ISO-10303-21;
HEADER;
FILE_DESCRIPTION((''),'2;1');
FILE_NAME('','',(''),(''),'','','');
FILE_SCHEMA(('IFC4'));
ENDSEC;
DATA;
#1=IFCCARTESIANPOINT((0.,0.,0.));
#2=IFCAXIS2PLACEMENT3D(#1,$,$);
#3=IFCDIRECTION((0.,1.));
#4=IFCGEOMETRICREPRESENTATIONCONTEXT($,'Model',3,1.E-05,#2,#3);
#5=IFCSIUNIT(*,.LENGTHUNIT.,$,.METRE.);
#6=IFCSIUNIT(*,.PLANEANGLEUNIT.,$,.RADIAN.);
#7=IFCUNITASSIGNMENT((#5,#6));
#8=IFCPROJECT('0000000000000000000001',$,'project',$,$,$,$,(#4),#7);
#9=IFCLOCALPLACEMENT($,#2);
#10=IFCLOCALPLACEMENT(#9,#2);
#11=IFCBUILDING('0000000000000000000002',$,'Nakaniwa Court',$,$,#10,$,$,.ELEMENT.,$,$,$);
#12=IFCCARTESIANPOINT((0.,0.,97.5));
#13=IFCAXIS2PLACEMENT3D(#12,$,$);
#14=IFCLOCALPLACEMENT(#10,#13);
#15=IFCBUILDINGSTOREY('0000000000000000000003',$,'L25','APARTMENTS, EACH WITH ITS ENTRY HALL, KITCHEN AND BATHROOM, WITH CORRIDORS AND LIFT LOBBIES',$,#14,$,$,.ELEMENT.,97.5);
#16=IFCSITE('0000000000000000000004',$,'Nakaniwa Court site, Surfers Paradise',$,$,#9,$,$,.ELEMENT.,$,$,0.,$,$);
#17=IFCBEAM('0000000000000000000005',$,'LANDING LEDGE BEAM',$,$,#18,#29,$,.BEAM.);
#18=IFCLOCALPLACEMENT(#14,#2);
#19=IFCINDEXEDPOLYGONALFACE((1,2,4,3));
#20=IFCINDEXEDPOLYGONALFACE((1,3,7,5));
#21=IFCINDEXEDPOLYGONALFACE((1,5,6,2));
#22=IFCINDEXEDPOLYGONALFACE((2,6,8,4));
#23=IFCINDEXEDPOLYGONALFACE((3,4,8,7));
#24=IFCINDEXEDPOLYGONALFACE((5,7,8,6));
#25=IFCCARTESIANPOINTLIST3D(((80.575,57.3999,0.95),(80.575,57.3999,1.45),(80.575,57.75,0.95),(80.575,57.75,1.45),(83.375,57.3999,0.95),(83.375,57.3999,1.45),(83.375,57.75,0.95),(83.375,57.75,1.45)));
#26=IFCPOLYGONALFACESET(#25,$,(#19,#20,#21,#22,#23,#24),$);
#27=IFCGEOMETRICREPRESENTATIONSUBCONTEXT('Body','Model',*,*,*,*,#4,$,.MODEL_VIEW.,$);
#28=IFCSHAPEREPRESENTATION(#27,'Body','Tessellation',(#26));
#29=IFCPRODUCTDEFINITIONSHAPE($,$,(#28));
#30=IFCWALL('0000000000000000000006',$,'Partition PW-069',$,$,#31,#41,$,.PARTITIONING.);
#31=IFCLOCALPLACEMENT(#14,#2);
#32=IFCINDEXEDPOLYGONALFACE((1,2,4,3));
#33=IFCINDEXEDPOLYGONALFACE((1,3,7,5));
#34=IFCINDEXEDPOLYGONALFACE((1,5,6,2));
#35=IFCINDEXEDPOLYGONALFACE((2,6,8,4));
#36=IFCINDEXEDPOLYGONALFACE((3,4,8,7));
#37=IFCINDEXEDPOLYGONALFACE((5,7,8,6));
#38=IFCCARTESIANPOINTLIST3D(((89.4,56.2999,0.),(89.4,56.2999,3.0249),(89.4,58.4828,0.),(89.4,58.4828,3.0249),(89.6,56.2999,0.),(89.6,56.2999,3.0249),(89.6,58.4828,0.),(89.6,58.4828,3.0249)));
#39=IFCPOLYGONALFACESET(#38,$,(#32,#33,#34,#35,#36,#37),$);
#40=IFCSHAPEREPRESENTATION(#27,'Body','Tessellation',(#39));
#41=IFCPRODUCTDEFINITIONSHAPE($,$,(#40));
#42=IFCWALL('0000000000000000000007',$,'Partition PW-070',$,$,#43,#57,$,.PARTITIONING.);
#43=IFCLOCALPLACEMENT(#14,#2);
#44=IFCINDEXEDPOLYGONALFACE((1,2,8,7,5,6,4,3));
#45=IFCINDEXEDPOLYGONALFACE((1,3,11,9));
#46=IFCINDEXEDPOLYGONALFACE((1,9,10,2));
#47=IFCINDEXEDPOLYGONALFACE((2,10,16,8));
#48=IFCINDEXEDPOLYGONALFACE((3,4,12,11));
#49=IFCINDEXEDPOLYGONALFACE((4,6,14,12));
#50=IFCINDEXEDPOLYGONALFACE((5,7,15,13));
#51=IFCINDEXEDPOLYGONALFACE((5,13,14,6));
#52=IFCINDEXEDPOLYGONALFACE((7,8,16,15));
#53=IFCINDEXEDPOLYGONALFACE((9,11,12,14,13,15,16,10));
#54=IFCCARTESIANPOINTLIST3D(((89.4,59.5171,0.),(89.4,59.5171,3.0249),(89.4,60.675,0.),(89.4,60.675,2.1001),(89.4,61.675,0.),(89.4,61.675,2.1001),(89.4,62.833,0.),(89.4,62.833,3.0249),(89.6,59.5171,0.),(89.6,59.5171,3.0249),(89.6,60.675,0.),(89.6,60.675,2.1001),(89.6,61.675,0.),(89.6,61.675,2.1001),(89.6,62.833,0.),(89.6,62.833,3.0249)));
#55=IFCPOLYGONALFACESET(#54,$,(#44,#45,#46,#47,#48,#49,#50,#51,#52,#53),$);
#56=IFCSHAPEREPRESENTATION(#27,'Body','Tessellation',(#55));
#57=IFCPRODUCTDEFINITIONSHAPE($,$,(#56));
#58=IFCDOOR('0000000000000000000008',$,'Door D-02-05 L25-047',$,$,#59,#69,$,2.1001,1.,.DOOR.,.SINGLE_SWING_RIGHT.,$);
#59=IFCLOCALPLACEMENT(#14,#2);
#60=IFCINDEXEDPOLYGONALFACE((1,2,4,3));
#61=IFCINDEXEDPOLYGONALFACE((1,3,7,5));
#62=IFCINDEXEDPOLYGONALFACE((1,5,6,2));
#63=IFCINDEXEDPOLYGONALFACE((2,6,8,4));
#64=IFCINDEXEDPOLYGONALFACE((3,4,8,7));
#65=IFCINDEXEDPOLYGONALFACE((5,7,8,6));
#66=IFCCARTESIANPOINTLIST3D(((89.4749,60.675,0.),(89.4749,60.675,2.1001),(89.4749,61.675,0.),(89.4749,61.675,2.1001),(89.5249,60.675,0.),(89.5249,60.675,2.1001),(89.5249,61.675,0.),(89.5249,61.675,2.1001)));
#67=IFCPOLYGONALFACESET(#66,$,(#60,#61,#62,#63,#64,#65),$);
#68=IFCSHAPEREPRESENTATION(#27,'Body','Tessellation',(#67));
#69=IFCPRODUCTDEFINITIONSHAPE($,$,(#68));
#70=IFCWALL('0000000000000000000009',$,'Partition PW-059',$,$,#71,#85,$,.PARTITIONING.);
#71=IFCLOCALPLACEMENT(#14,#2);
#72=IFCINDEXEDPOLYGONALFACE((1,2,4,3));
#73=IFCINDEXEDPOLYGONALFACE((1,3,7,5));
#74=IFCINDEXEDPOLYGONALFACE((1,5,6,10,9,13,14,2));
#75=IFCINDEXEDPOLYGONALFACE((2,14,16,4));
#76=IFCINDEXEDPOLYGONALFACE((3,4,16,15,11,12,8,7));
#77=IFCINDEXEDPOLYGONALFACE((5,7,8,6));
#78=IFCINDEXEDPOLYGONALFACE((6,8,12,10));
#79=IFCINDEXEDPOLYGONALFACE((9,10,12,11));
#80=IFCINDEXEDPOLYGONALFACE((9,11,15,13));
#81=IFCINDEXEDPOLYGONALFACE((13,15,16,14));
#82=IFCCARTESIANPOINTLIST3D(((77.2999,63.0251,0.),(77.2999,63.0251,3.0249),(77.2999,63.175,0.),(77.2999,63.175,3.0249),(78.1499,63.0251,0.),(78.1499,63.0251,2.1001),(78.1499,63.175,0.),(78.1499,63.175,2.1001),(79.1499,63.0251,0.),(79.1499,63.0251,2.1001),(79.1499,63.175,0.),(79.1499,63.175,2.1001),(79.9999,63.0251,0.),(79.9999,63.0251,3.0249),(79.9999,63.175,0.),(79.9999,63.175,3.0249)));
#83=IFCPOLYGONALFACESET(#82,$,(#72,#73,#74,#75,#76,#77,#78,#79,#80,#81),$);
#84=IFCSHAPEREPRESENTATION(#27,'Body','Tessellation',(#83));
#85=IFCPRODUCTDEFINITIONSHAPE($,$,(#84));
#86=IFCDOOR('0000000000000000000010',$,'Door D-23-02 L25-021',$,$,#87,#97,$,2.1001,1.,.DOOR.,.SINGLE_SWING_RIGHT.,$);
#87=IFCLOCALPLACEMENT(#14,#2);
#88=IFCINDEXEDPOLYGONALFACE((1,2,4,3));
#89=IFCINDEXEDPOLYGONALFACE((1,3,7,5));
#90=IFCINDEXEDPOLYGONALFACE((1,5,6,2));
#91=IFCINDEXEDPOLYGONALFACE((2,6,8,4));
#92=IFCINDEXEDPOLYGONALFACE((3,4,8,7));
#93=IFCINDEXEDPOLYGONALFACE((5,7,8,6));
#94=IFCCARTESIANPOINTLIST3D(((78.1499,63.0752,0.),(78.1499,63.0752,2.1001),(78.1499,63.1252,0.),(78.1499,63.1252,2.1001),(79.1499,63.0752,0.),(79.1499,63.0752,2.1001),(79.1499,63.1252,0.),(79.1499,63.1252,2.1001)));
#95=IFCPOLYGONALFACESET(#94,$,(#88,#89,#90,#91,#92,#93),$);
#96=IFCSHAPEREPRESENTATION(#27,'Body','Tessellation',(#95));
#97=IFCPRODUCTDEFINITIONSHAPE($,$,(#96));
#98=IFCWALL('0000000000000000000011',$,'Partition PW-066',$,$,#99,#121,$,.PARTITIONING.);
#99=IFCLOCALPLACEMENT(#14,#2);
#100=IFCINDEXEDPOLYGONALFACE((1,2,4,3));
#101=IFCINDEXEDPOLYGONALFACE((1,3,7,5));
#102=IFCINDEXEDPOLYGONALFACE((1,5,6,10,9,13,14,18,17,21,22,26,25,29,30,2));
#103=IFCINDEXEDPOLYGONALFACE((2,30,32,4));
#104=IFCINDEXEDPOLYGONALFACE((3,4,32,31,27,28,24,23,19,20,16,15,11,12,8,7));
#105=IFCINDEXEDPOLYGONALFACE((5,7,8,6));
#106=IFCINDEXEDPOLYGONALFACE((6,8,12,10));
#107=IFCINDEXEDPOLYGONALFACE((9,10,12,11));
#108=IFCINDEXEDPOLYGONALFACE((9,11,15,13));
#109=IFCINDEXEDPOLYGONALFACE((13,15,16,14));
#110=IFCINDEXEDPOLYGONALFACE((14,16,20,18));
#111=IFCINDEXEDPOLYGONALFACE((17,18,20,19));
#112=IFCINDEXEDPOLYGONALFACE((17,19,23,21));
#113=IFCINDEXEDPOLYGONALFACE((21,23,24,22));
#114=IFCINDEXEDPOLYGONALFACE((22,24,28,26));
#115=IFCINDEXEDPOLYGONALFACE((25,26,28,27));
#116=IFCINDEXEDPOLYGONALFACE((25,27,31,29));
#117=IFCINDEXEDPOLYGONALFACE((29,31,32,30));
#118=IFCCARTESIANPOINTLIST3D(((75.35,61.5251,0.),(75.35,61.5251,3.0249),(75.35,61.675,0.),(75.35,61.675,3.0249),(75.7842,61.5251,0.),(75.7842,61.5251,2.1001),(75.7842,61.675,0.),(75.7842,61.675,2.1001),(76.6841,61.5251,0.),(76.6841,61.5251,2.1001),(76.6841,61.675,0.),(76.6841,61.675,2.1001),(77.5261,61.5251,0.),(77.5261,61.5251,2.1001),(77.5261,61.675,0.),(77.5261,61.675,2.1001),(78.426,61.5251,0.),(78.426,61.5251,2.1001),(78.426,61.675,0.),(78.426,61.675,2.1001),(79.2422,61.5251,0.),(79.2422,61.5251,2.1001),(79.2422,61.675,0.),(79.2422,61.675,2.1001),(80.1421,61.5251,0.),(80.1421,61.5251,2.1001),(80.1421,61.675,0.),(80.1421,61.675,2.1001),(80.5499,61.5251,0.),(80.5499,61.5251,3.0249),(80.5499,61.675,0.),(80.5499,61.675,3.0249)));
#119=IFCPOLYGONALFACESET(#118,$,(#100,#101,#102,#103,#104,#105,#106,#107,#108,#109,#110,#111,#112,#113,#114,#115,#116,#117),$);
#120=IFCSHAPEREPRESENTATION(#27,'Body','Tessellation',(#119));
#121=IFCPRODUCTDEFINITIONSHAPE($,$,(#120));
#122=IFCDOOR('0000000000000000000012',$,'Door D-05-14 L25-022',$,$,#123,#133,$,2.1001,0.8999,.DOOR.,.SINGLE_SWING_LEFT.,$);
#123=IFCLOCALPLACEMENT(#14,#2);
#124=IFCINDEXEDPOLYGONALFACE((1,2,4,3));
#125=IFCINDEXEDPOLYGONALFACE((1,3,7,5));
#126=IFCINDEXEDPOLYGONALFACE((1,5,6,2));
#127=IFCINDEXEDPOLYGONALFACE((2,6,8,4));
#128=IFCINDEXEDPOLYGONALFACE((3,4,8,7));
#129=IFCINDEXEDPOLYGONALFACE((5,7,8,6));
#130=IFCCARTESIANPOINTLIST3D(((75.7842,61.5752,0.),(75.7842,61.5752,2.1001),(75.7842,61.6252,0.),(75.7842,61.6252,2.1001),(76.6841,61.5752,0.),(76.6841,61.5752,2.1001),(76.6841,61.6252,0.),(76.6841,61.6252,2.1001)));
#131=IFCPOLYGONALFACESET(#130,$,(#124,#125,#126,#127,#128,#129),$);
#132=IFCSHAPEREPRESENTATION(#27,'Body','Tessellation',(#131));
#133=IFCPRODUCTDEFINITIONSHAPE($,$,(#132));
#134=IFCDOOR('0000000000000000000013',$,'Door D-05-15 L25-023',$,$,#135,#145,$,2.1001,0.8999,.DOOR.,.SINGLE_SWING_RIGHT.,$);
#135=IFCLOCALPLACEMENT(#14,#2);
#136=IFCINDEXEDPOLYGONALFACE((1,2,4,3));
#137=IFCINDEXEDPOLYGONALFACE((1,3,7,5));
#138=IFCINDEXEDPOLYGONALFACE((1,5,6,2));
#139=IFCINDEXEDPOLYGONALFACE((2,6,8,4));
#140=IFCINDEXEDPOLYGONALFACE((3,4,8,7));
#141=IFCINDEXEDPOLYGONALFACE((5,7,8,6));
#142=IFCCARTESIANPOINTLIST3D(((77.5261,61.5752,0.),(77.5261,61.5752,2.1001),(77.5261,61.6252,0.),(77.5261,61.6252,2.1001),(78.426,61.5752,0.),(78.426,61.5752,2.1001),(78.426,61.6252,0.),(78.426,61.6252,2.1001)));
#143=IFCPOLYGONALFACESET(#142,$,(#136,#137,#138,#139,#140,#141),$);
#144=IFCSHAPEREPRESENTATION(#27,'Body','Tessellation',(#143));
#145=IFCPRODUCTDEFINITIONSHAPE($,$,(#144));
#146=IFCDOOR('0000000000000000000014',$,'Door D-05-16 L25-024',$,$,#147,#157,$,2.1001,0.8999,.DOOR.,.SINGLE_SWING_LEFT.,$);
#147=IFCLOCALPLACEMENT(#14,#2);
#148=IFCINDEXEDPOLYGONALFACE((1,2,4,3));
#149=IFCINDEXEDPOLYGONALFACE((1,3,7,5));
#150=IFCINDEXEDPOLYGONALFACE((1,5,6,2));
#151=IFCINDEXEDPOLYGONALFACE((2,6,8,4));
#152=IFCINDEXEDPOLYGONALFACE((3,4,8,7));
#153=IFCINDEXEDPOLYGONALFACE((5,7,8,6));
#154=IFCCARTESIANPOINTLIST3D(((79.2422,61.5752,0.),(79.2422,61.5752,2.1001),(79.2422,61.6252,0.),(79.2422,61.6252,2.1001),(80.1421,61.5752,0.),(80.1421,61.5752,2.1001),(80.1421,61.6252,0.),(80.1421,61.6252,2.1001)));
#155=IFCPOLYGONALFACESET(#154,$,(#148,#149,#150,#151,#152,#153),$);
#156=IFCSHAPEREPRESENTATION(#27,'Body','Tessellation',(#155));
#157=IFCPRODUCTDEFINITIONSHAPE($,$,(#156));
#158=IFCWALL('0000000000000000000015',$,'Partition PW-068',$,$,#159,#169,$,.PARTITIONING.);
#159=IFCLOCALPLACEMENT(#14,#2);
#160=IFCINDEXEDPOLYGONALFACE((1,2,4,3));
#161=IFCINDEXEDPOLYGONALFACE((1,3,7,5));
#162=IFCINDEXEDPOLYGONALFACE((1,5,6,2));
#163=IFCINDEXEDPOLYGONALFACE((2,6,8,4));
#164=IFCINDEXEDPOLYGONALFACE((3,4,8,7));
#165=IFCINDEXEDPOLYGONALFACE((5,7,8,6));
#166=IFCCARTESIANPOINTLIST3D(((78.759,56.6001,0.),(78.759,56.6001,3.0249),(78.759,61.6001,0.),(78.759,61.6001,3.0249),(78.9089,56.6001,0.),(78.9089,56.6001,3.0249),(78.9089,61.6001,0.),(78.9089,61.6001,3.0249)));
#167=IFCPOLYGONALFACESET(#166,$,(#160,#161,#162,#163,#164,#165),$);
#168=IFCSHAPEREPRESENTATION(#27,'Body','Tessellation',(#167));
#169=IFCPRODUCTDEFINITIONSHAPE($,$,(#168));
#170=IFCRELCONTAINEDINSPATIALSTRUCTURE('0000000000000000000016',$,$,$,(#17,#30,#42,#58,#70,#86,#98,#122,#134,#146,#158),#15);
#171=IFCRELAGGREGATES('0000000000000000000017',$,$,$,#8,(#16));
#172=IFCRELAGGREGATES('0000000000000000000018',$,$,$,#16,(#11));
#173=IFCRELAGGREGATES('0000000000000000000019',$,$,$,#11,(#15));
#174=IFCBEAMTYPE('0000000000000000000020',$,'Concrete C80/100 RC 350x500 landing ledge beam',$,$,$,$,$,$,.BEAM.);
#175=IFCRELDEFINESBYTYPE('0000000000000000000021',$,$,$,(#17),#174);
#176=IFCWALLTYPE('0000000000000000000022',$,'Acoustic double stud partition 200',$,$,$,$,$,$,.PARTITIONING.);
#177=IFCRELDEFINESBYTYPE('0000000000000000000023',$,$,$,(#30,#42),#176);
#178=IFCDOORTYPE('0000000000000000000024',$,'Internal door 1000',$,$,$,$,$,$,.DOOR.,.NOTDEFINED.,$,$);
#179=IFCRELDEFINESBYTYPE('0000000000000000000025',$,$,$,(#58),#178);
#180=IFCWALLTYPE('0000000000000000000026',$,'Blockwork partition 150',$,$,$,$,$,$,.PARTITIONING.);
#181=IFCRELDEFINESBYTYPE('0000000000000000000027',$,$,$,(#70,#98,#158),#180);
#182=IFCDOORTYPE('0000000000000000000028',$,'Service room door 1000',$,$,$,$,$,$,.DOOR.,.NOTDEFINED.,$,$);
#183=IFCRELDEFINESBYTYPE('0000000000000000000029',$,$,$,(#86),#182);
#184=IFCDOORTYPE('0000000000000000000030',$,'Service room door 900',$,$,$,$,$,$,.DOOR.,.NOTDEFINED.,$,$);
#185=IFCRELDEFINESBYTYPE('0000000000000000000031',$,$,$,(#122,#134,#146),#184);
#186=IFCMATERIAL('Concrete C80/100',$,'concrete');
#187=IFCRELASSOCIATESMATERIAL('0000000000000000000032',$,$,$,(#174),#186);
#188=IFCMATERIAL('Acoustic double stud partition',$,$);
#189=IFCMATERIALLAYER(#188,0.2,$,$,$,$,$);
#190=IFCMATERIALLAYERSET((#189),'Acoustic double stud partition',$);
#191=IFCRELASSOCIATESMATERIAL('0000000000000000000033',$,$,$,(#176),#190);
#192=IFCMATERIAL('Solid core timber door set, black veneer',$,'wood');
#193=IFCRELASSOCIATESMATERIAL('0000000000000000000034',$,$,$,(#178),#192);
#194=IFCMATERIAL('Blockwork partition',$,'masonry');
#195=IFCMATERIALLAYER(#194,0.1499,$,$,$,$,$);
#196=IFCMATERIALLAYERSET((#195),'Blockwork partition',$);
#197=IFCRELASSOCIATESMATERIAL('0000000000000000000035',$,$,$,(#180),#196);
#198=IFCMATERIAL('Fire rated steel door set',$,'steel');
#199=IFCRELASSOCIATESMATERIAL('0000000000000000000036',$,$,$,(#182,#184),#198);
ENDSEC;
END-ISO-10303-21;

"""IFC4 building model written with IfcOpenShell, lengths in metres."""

from ifc_helpers import new_model, si_unit, direction, frame, frame_2d, origin, origin_2d, place, context, subcontext, project, spatial, rectangle, extrude, material, layer, layer_set, material_profile, profile_set, type_object, element, fill, save


model = new_model("IFC4")

# Units and contexts
model_context = context("Model", 3, precision=1e-05, world=origin(), true_north=direction((0.0, 1.0)))
body_context = subcontext(model_context, "Body", "Model", "MODEL_VIEW")
ifc_project = project(units=[si_unit("LENGTHUNIT", "METRE"), si_unit("PLANEANGLEUNIT", "RADIAN")], contexts=[model_context])

# Site, building, storey
site_placement = place(None, origin())
site = spatial("IfcSite", under=ifc_project, at=site_placement, Name="Nakaniwa Court site, Surfers Paradise", CompositionType="ELEMENT", RefElevation=0.0)
building_placement = place(site_placement, origin())
building = spatial("IfcBuilding", under=site, at=building_placement, Name="Nakaniwa Court", CompositionType="ELEMENT")
storey_placement = place(building_placement, frame((0.0, 0.0, 97.5)))
storey = spatial("IfcBuildingStorey", under=building, at=storey_placement, Name="L25", Description="APARTMENTS, EACH WITH ITS ENTRY HALL, KITCHEN AND BATHROOM, WITH CORRIDORS AND LIFT LOBBIES", CompositionType="ELEMENT", Elevation=97.5)

# Beam
ifc_material_1 = material(Name="Concrete C80/100", Category="concrete")
ifc_material_profile = material_profile(ifc_material_1, rectangle(XDim=0.3501, YDim=0.5, at=origin_2d()), Name="Concrete C80/100 RC 350x500 landing ledge beam")
ifc_profile_set = profile_set([ifc_material_profile], Name="Concrete C80/100")
beam_type = type_object("IfcBeamType", Name="Concrete C80/100 RC 350x500 landing ledge beam", PredefinedType="BEAM", material=ifc_profile_set)
beam_placement = place(storey_placement, frame((80.575, 57.575, 1.2), z_axis=(1.0, 0.0, 0.0), x_axis=(0.0, 1.0, 0.0)))
element("IfcBeam", 1, at=beam_placement, inside=storey, type_object=beam_type, Name="LANDING LEDGE BEAM", PredefinedType="BEAM", context=body_context, shape_type="SweptSolid", body=[
    extrude(rectangle(XDim=0.3501, YDim=0.5, at=origin_2d()), origin(), (0.0, 0.0, 1.0), 2.8),
])

# Wall
ifc_material_2 = material(Name="Acoustic double stud partition")
ifc_layer_1 = layer(ifc_material_2, 0.2)
ifc_layer_set_1 = layer_set([ifc_layer_1], Name="Acoustic double stud partition")
wall_type_1 = type_object("IfcWallType", Name="Acoustic double stud partition 200", PredefinedType="PARTITIONING", material=ifc_layer_set_1)
wall_1_placement = place(storey_placement, frame((89.5, 56.3, 0.0), z_axis=(0.0, 0.0, 1.0), x_axis=(0.0, 1.0, 0.0)))
element("IfcWall", 2, at=wall_1_placement, inside=storey, type_object=wall_type_1, Name="Partition PW-069", PredefinedType="PARTITIONING", context=body_context, shape_type="SweptSolid", body=[
    extrude(rectangle(XDim=2.1829, YDim=0.2, at=frame_2d((1.0913, 0.0))), origin(), (0.0, 0.0, 1.0), 3.0249),
])

# Walls, openings, doors
wall_2_placement = place(storey_placement, frame((89.5, 62.833, 0.0), z_axis=(0.0, 0.0, 1.0), x_axis=(0.0, -1.0, 0.0)))
wall_2 = element("IfcWall", 3, at=wall_2_placement, inside=storey, type_object=wall_type_1, Name="Partition PW-070", PredefinedType="PARTITIONING", context=body_context, shape_type="SweptSolid", body=[
    extrude(rectangle(XDim=3.3159, YDim=0.2, at=frame_2d((1.658, 0.0))), origin(), (0.0, 0.0, 1.0), 3.0249),
])
opening_1_placement = place(wall_2_placement, frame((1.158, 0.0, 0.0)))
opening_1 = element("IfcOpeningElement", 4, at=opening_1_placement, cuts=wall_2, PredefinedType="OPENING", context=body_context, shape_type="SweptSolid", body=[
    extrude(rectangle(XDim=1.0, YDim=2.1001, at=frame_2d((0.5, 1.05))), frame((0.0, 0.1099, 0.0), z_axis=(0.0, -1.0, 0.0), x_axis=(1.0, 0.0, 0.0)), (0.0, 0.0, 1.0), 0.22),
])
ifc_material_3 = material(Name="Solid core timber door set, black veneer", Category="wood")
door_type_1 = type_object("IfcDoorType", Name="Internal door 1000", OperationType="NOTDEFINED", PredefinedType="DOOR", material=ifc_material_3)
door_1_placement = place(opening_1_placement, origin())
door_1 = element("IfcDoor", 5, at=door_1_placement, inside=storey, type_object=door_type_1, Name="Door D-02-05 L25-047", OperationType="SINGLE_SWING_RIGHT", OverallHeight=2.1001, OverallWidth=1.0, PredefinedType="DOOR", context=body_context, shape_type="SweptSolid", body=[
    extrude(rectangle(XDim=1.0, YDim=2.1001, at=frame_2d((0.5, 1.05))), frame((0.0, 0.0249, 0.0), z_axis=(0.0, -1.0, 0.0), x_axis=(1.0, 0.0, 0.0)), (0.0, 0.0, 1.0), 0.05),
])
fill(opening_1, door_1)
ifc_material_4 = material(Name="Blockwork partition", Category="masonry")
ifc_layer_2 = layer(ifc_material_4, 0.1499)
ifc_layer_set_2 = layer_set([ifc_layer_2], Name="Blockwork partition")
wall_type_2 = type_object("IfcWallType", Name="Blockwork partition 150", PredefinedType="PARTITIONING", material=ifc_layer_set_2)
wall_3_placement = place(storey_placement, frame((80.0, 63.1001, 0.0), z_axis=(0.0, 0.0, 1.0), x_axis=(-1.0, 0.0, 0.0)))
wall_3 = element("IfcWall", 6, at=wall_3_placement, inside=storey, type_object=wall_type_2, Name="Partition PW-059", PredefinedType="PARTITIONING", context=body_context, shape_type="SweptSolid", body=[
    extrude(rectangle(XDim=2.7, YDim=0.1499, at=frame_2d((1.3501, 0.0))), origin(), (0.0, 0.0, 1.0), 3.0249),
])
opening_2_placement = place(wall_3_placement, frame((0.8501, 0.0, 0.0)))
opening_2 = element("IfcOpeningElement", 7, at=opening_2_placement, cuts=wall_3, PredefinedType="OPENING", context=body_context, shape_type="SweptSolid", body=[
    extrude(rectangle(XDim=1.0, YDim=2.1001, at=frame_2d((0.5, 1.05))), frame((0.0, 0.085, 0.0), z_axis=(0.0, -1.0, 0.0), x_axis=(1.0, 0.0, 0.0)), (0.0, 0.0, 1.0), 0.1699),
])
ifc_material_5 = material(Name="Fire rated steel door set", Category="steel")
door_type_2 = type_object("IfcDoorType", Name="Service room door 1000", OperationType="NOTDEFINED", PredefinedType="DOOR", material=ifc_material_5)
door_2_placement = place(opening_2_placement, origin())
door_2 = element("IfcDoor", 8, at=door_2_placement, inside=storey, type_object=door_type_2, Name="Door D-23-02 L25-021", OperationType="SINGLE_SWING_RIGHT", OverallHeight=2.1001, OverallWidth=1.0, PredefinedType="DOOR", context=body_context, shape_type="SweptSolid", body=[
    extrude(rectangle(XDim=1.0, YDim=2.1001, at=frame_2d((0.5, 1.05))), frame((0.0, 0.0249, 0.0), z_axis=(0.0, -1.0, 0.0), x_axis=(1.0, 0.0, 0.0)), (0.0, 0.0, 1.0), 0.05),
])
fill(opening_2, door_2)

# Wall, openings, doors
wall_4_placement = place(storey_placement, frame((80.55, 61.6001, 0.0), z_axis=(0.0, 0.0, 1.0), x_axis=(-1.0, 0.0, 0.0)))
wall_4 = element("IfcWall", 9, at=wall_4_placement, inside=storey, type_object=wall_type_2, Name="Partition PW-066", PredefinedType="PARTITIONING", context=body_context, shape_type="SweptSolid", body=[
    extrude(rectangle(XDim=5.2, YDim=0.1499, at=frame_2d((2.6001, 0.0))), origin(), (0.0, 0.0, 1.0), 3.0249),
])
opening_3_placement = place(wall_4_placement, frame((3.866, 0.0, 0.0)))
opening_3 = element("IfcOpeningElement", 10, at=opening_3_placement, cuts=wall_4, PredefinedType="OPENING", context=body_context, shape_type="SweptSolid", body=[
    extrude(rectangle(XDim=0.8999, YDim=2.1001, at=frame_2d((0.45, 1.05))), frame((0.0, 0.085, 0.0), z_axis=(0.0, -1.0, 0.0), x_axis=(1.0, 0.0, 0.0)), (0.0, 0.0, 1.0), 0.1699),
])
opening_4_placement = place(wall_4_placement, frame((2.124, 0.0, 0.0)))
opening_4 = element("IfcOpeningElement", 11, at=opening_4_placement, cuts=wall_4, PredefinedType="OPENING", context=body_context, shape_type="SweptSolid", body=[
    extrude(rectangle(XDim=0.8999, YDim=2.1001, at=frame_2d((0.45, 1.05))), frame((0.0, 0.085, 0.0), z_axis=(0.0, -1.0, 0.0), x_axis=(1.0, 0.0, 0.0)), (0.0, 0.0, 1.0), 0.1699),
])
opening_5_placement = place(wall_4_placement, frame((0.408, 0.0, 0.0)))
opening_5 = element("IfcOpeningElement", 12, at=opening_5_placement, cuts=wall_4, PredefinedType="OPENING", context=body_context, shape_type="SweptSolid", body=[
    extrude(rectangle(XDim=0.8999, YDim=2.1001, at=frame_2d((0.45, 1.05))), frame((0.0, 0.085, 0.0), z_axis=(0.0, -1.0, 0.0), x_axis=(1.0, 0.0, 0.0)), (0.0, 0.0, 1.0), 0.1699),
])
door_type_3 = type_object("IfcDoorType", Name="Service room door 900", OperationType="NOTDEFINED", PredefinedType="DOOR", material=ifc_material_5)
door_3_placement = place(opening_3_placement, origin())
door_3 = element("IfcDoor", 13, at=door_3_placement, inside=storey, type_object=door_type_3, Name="Door D-05-14 L25-022", OperationType="SINGLE_SWING_LEFT", OverallHeight=2.1001, OverallWidth=0.8999, PredefinedType="DOOR", context=body_context, shape_type="SweptSolid", body=[
    extrude(rectangle(XDim=0.8999, YDim=2.1001, at=frame_2d((0.45, 1.05))), frame((0.0, 0.0249, 0.0), z_axis=(0.0, -1.0, 0.0), x_axis=(1.0, 0.0, 0.0)), (0.0, 0.0, 1.0), 0.05),
])
fill(opening_3, door_3)
door_4_placement = place(opening_4_placement, origin())
door_4 = element("IfcDoor", 14, at=door_4_placement, inside=storey, type_object=door_type_3, Name="Door D-05-15 L25-023", OperationType="SINGLE_SWING_RIGHT", OverallHeight=2.1001, OverallWidth=0.8999, PredefinedType="DOOR", context=body_context, shape_type="SweptSolid", body=[
    extrude(rectangle(XDim=0.8999, YDim=2.1001, at=frame_2d((0.45, 1.05))), frame((0.0, 0.0249, 0.0), z_axis=(0.0, -1.0, 0.0), x_axis=(1.0, 0.0, 0.0)), (0.0, 0.0, 1.0), 0.05),
])
fill(opening_4, door_4)
door_5_placement = place(opening_5_placement, origin())
door_5 = element("IfcDoor", 15, at=door_5_placement, inside=storey, type_object=door_type_3, Name="Door D-05-16 L25-024", OperationType="SINGLE_SWING_LEFT", OverallHeight=2.1001, OverallWidth=0.8999, PredefinedType="DOOR", context=body_context, shape_type="SweptSolid", body=[
    extrude(rectangle(XDim=0.8999, YDim=2.1001, at=frame_2d((0.45, 1.05))), frame((0.0, 0.0249, 0.0), z_axis=(0.0, -1.0, 0.0), x_axis=(1.0, 0.0, 0.0)), (0.0, 0.0, 1.0), 0.05),
])
fill(opening_5, door_5)

# Wall
wall_5_placement = place(storey_placement, frame((78.834, 56.6001, 0.0), z_axis=(0.0, 0.0, 1.0), x_axis=(0.0, 1.0, 0.0)))
element("IfcWall", 16, at=wall_5_placement, inside=storey, type_object=wall_type_2, Name="Partition PW-068", PredefinedType="PARTITIONING", context=body_context, shape_type="SweptSolid", body=[
    extrude(rectangle(XDim=5.0, YDim=0.1499, at=frame_2d((2.5, 0.0))), origin(), (0.0, 0.0, 1.0), 3.0249),
])

save(model, "model.ifc")
